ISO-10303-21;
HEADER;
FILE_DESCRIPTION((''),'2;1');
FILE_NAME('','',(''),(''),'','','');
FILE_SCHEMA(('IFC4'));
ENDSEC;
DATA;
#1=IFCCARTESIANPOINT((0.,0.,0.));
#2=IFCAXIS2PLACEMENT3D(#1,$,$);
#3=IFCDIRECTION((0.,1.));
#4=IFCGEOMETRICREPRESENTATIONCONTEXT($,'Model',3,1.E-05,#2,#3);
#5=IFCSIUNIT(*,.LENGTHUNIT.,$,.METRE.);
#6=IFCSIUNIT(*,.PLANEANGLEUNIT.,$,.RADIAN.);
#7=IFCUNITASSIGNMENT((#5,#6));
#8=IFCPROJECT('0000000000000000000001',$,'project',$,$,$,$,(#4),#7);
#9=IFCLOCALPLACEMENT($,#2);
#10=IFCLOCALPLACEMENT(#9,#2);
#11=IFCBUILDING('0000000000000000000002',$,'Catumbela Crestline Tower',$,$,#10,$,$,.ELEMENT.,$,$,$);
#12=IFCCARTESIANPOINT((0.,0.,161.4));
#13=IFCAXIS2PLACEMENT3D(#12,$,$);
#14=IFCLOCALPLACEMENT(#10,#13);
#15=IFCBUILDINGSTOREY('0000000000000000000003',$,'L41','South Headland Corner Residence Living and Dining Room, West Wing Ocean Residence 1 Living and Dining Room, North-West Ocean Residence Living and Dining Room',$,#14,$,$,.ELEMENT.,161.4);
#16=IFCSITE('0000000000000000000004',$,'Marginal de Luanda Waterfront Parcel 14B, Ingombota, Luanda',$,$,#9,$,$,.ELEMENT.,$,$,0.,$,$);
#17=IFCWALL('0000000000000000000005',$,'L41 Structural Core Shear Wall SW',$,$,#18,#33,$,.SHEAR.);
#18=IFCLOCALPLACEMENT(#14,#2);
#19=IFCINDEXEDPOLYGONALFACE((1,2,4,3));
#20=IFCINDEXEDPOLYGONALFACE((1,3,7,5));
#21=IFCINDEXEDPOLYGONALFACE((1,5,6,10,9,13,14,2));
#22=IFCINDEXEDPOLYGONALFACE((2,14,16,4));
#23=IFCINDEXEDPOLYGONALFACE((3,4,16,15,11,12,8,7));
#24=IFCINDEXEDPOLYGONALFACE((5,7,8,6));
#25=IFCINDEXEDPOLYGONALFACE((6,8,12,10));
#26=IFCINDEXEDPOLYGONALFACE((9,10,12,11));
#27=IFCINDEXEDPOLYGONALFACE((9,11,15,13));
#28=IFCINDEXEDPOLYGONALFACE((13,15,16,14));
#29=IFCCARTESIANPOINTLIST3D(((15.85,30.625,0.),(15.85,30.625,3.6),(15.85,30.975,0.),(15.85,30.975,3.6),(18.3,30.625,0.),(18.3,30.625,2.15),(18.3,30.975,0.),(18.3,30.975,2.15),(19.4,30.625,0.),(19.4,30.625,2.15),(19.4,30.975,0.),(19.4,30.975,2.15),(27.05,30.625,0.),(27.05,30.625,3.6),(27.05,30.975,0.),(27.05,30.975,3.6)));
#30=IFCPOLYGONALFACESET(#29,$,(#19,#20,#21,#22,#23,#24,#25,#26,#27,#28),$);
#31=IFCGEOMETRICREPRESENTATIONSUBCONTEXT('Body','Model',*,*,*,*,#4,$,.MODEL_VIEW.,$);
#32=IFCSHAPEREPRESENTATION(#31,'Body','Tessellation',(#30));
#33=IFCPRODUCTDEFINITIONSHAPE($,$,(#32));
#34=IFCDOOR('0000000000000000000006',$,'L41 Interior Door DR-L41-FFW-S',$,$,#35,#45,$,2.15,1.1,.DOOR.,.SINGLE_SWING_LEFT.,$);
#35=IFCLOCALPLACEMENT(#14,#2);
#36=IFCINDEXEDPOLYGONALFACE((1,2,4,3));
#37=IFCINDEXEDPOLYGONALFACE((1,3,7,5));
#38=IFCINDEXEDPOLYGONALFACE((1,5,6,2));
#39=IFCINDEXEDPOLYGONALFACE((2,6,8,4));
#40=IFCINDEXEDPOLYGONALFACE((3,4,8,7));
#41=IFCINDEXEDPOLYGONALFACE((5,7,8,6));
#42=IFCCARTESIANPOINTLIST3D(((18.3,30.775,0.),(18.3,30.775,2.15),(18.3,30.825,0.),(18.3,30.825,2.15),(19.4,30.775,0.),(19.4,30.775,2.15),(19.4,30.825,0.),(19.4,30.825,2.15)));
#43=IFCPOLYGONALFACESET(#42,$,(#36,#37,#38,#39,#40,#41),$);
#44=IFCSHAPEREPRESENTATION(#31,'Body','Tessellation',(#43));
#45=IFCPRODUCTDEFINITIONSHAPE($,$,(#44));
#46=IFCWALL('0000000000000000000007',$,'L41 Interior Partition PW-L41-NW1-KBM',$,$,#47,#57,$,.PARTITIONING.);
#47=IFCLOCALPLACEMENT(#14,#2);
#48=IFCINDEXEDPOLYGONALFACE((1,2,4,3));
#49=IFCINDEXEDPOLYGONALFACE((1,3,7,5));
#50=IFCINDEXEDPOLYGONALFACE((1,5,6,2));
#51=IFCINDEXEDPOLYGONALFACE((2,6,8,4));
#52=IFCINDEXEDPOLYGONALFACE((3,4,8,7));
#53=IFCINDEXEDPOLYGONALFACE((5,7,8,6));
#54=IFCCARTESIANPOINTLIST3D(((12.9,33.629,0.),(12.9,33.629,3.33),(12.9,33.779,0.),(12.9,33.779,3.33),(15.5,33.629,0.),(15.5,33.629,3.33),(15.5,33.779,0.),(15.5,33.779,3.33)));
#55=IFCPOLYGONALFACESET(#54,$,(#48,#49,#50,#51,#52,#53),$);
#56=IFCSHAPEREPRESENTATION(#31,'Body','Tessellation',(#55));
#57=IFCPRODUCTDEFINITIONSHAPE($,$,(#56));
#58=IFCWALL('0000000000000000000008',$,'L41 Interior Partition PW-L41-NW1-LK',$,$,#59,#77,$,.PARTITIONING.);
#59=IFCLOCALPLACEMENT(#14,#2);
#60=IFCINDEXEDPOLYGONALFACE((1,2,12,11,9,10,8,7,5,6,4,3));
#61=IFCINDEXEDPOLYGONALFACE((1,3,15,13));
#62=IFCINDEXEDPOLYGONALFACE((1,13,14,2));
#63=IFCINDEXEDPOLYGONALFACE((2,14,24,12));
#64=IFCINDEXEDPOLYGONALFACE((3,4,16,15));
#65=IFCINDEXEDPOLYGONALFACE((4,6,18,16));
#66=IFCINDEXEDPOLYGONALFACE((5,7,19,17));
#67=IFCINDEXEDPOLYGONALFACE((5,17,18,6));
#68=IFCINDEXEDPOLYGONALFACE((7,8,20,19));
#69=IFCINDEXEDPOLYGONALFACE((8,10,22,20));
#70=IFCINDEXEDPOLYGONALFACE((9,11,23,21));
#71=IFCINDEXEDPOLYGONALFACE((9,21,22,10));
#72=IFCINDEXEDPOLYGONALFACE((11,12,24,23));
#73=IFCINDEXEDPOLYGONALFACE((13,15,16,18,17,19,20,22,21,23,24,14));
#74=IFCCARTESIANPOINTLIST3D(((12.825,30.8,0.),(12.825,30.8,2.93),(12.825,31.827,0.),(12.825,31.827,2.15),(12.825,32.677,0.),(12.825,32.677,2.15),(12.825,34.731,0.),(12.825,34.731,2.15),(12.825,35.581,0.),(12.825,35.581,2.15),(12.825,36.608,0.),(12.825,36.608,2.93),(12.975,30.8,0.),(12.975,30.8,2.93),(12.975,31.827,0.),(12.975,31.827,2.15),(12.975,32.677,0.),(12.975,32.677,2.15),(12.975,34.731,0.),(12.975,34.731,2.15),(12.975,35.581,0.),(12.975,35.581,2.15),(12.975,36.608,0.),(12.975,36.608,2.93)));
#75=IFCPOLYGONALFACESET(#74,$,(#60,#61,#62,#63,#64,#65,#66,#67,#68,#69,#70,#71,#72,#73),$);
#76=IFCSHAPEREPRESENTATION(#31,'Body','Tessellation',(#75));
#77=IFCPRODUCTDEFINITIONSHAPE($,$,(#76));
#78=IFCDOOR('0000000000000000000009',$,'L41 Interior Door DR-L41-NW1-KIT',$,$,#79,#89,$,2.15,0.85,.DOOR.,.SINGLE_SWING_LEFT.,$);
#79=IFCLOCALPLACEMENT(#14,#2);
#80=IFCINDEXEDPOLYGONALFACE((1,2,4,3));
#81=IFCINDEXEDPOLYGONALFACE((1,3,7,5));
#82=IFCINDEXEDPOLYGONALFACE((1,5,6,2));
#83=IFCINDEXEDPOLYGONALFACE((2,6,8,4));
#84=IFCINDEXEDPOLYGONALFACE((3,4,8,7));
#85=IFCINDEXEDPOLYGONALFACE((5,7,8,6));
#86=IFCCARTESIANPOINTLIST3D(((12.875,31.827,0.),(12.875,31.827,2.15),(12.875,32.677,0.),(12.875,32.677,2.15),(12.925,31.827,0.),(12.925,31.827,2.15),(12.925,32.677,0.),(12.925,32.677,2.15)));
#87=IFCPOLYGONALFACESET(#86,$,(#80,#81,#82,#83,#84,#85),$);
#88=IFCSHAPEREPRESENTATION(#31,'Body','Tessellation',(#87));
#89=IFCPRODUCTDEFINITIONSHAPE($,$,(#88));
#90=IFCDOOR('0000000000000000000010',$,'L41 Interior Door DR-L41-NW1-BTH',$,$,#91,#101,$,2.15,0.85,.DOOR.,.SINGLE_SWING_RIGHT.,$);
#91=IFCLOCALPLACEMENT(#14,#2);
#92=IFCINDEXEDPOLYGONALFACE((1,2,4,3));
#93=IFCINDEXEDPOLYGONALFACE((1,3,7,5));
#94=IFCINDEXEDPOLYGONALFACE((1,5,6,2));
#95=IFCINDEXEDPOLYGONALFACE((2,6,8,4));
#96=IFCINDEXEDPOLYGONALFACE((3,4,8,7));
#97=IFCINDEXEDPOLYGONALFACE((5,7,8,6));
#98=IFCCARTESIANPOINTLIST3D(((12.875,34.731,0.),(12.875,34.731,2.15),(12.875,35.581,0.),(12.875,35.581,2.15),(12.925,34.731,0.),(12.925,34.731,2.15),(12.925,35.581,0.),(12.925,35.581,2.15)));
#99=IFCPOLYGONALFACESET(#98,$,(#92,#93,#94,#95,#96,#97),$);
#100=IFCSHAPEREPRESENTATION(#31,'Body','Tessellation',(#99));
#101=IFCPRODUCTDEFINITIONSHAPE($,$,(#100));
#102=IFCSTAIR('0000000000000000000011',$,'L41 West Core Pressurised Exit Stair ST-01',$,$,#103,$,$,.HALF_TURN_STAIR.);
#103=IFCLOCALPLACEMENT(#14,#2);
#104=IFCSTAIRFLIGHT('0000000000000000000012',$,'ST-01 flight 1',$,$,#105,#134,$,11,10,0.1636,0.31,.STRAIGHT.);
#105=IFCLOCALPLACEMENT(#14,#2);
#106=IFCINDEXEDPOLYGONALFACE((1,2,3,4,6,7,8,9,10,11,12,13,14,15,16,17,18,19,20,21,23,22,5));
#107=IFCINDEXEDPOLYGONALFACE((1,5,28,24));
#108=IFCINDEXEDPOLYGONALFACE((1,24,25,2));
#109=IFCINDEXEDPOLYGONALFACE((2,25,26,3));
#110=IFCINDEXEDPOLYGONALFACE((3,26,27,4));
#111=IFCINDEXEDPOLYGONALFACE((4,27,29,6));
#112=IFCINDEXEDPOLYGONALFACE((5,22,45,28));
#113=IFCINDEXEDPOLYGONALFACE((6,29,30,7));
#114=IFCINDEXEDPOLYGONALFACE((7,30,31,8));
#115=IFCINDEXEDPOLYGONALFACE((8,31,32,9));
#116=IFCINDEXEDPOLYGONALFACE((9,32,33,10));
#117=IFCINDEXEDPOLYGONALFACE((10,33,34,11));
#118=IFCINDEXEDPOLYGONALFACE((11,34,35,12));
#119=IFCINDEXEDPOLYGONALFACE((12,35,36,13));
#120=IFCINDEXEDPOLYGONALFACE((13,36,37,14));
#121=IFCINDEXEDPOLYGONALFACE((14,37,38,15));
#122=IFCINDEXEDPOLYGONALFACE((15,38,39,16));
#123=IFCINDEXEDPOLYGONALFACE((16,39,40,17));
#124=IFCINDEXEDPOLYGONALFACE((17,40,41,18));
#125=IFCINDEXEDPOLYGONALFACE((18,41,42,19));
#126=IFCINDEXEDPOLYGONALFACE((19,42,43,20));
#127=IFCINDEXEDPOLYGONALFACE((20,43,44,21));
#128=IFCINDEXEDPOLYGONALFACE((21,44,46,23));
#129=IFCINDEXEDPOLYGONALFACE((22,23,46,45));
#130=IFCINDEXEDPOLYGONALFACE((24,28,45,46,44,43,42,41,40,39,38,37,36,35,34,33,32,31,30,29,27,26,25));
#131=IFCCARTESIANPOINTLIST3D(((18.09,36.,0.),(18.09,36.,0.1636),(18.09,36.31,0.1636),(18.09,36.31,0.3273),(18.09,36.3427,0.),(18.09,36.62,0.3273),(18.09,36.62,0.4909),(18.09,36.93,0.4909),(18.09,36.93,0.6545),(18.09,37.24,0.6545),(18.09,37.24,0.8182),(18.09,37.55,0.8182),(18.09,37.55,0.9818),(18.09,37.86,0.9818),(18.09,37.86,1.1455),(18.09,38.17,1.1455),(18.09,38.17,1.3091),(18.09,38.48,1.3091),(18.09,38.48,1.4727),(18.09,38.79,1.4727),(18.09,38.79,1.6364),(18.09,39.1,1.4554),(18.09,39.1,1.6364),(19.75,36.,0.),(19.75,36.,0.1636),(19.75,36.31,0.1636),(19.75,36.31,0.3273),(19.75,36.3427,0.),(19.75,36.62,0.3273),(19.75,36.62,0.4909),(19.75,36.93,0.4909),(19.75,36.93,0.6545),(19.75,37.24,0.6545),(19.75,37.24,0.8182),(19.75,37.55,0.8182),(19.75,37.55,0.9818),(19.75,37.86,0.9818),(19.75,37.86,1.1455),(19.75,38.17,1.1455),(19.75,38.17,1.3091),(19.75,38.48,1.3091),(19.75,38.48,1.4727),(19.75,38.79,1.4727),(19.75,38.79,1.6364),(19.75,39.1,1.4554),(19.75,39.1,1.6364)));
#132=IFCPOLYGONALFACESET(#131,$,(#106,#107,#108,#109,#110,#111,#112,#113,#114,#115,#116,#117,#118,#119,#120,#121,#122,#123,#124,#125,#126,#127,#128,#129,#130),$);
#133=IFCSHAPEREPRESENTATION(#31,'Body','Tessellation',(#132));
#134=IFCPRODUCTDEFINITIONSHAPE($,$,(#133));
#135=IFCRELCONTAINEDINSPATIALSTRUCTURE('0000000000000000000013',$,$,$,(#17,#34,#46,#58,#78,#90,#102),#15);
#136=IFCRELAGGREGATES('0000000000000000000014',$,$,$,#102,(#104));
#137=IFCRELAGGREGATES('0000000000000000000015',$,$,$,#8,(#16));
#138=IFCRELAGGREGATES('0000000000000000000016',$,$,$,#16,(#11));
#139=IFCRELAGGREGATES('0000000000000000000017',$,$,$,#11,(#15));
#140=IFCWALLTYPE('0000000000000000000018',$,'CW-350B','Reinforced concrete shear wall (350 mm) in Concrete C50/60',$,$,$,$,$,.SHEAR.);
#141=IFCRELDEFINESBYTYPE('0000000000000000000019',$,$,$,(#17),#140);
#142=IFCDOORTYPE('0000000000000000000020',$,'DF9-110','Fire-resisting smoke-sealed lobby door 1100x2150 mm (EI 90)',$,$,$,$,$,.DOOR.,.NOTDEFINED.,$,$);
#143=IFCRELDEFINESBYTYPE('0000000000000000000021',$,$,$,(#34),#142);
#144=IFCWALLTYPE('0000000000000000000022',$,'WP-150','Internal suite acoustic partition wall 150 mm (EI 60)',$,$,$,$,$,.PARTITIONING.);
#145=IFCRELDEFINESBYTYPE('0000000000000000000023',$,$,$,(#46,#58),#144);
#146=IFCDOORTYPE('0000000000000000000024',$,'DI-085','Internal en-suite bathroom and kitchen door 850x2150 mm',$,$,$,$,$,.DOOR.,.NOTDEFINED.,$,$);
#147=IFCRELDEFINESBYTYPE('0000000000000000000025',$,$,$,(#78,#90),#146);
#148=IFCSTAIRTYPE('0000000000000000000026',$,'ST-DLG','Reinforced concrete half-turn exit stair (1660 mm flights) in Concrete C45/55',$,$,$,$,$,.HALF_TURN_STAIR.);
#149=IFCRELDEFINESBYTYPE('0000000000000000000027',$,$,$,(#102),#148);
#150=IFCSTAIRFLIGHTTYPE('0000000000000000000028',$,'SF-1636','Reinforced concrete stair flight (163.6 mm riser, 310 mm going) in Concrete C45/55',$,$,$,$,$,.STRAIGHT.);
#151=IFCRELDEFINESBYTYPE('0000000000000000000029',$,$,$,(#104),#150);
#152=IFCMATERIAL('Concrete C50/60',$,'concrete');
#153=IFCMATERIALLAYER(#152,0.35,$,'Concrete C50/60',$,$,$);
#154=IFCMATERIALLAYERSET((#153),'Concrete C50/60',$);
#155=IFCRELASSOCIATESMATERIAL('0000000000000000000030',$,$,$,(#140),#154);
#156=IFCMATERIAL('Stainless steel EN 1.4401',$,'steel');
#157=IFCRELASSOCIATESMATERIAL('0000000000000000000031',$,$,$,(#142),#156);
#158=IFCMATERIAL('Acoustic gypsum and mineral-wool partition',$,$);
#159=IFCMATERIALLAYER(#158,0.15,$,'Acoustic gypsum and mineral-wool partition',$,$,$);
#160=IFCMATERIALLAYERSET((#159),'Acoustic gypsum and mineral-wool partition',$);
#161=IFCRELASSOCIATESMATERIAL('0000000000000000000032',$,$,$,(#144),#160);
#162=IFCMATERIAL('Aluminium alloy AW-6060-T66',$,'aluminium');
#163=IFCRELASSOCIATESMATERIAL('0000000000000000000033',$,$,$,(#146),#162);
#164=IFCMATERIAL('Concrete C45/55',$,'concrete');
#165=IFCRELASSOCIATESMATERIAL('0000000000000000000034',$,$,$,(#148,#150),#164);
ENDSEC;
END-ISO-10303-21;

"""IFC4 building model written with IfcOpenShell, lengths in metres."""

from ifc_helpers import new_model, si_unit, direction, frame, frame_2d, origin, place, context, subcontext, project, spatial, polyline, rectangle, outline, extrude, material, layer, layer_set, type_object, element, fill, aggregate, save


model = new_model("IFC4")

# Units and contexts
model_context = context("Model", 3, precision=1e-05, world=origin(), true_north=direction((0.0, 1.0)))
body_context = subcontext(model_context, "Body", "Model", "MODEL_VIEW")
ifc_project = project(units=[si_unit("LENGTHUNIT", "METRE"), si_unit("PLANEANGLEUNIT", "RADIAN")], contexts=[model_context])

# Site, building, storey
site_placement = place(None, origin())
site = spatial("IfcSite", under=ifc_project, at=site_placement, Name="Marginal de Luanda Waterfront Parcel 14B, Ingombota, Luanda", CompositionType="ELEMENT", RefElevation=0.0)
building_placement = place(site_placement, origin())
building = spatial("IfcBuilding", under=site, at=building_placement, Name="Catumbela Crestline Tower", CompositionType="ELEMENT")
storey_placement = place(building_placement, frame((0.0, 0.0, 161.4)))
storey = spatial("IfcBuildingStorey", under=building, at=storey_placement, Name="L41", Description="South Headland Corner Residence Living and Dining Room, West Wing Ocean Residence 1 Living and Dining Room, North-West Ocean Residence Living and Dining Room", CompositionType="ELEMENT", Elevation=161.4)

# Shared definitions
ifc_material_1 = material(Name="Concrete C50/60", Category="concrete")

# Shared definitions
ifc_material_2 = material(Name="Stainless steel EN 1.4401", Category="steel")

# Wall, opening, door
ifc_layer_1 = layer(ifc_material_1, 0.35, Name="Concrete C50/60")
ifc_layer_set_1 = layer_set([ifc_layer_1], Name="Concrete C50/60")
wall_type_1 = type_object("IfcWallType", Name="CW-350B", Description="Reinforced concrete shear wall (350 mm) in Concrete C50/60", PredefinedType="SHEAR", material=ifc_layer_set_1)
wall_1_placement = place(storey_placement, frame((15.85, 30.8, 0.0), z_axis=(0.0, 0.0, 1.0), x_axis=(1.0, 0.0, 0.0)))
wall_1 = element("IfcWall", 1, at=wall_1_placement, inside=storey, type_object=wall_type_1, Name="L41 Structural Core Shear Wall SW", PredefinedType="SHEAR", context=body_context, shape_type="SweptSolid", body=[
    extrude(rectangle(XDim=11.2, YDim=0.35, at=frame_2d((5.6, 0.0))), origin(), (0.0, 0.0, 1.0), 3.6),
])
opening_1_placement = place(wall_1_placement, frame((2.45, 0.0, 0.0)))
opening_1 = element("IfcOpeningElement", 2, at=opening_1_placement, cuts=wall_1, PredefinedType="OPENING", context=body_context, shape_type="SweptSolid", body=[
    extrude(rectangle(XDim=1.1, YDim=2.15, at=frame_2d((0.55, 1.075))), frame((0.0, 0.185, 0.0), z_axis=(0.0, -1.0, 0.0), x_axis=(1.0, 0.0, 0.0)), (0.0, 0.0, 1.0), 0.37),
])
door_type_1 = type_object("IfcDoorType", Name="DF9-110", Description="Fire-resisting smoke-sealed lobby door 1100x2150 mm (EI 90)", OperationType="NOTDEFINED", PredefinedType="DOOR", material=ifc_material_2)
door_1_placement = place(opening_1_placement, origin())
door_1 = element("IfcDoor", 3, at=door_1_placement, inside=storey, type_object=door_type_1, Name="L41 Interior Door DR-L41-FFW-S", OperationType="SINGLE_SWING_LEFT", OverallHeight=2.15, OverallWidth=1.1, PredefinedType="DOOR", context=body_context, shape_type="SweptSolid", body=[
    extrude(rectangle(XDim=1.1, YDim=2.15, at=frame_2d((0.55, 1.075))), frame((0.0, 0.025, 0.0), z_axis=(0.0, -1.0, 0.0), x_axis=(1.0, 0.0, 0.0)), (0.0, 0.0, 1.0), 0.05),
])
fill(opening_1, door_1)

# Wall
ifc_material_3 = material(Name="Acoustic gypsum and mineral-wool partition")
ifc_layer_2 = layer(ifc_material_3, 0.15, Name="Acoustic gypsum and mineral-wool partition")
ifc_layer_set_2 = layer_set([ifc_layer_2], Name="Acoustic gypsum and mineral-wool partition")
wall_type_2 = type_object("IfcWallType", Name="WP-150", Description="Internal suite acoustic partition wall 150 mm (EI 60)", PredefinedType="PARTITIONING", material=ifc_layer_set_2)
wall_2_placement = place(storey_placement, frame((12.9, 33.704, 0.0), z_axis=(0.0, 0.0, 1.0), x_axis=(1.0, 0.0, 0.0)))
element("IfcWall", 4, at=wall_2_placement, inside=storey, type_object=wall_type_2, Name="L41 Interior Partition PW-L41-NW1-KBM", PredefinedType="PARTITIONING", context=body_context, shape_type="SweptSolid", body=[
    extrude(rectangle(XDim=2.6, YDim=0.15, at=frame_2d((1.3, 0.0))), origin(), (0.0, 0.0, 1.0), 3.33),
])

# Wall, openings, doors
wall_3_placement = place(storey_placement, frame((12.9, 30.8, 0.0), z_axis=(0.0, 0.0, 1.0), x_axis=(0.0, 1.0, 0.0)))
wall_3 = element("IfcWall", 5, at=wall_3_placement, inside=storey, type_object=wall_type_2, Name="L41 Interior Partition PW-L41-NW1-LK", PredefinedType="PARTITIONING", context=body_context, shape_type="SweptSolid", body=[
    extrude(rectangle(XDim=5.808, YDim=0.15, at=frame_2d((2.904, 0.0))), origin(), (0.0, 0.0, 1.0), 2.93),
])
opening_2_placement = place(wall_3_placement, frame((1.027, 0.0, 0.0)))
opening_2 = element("IfcOpeningElement", 6, at=opening_2_placement, cuts=wall_3, PredefinedType="OPENING", context=body_context, shape_type="SweptSolid", body=[
    extrude(rectangle(XDim=0.85, YDim=2.15, at=frame_2d((0.425, 1.075))), frame((0.0, 0.085, 0.0), z_axis=(0.0, -1.0, 0.0), x_axis=(1.0, 0.0, 0.0)), (0.0, 0.0, 1.0), 0.17),
])
opening_3_placement = place(wall_3_placement, frame((3.931, 0.0, 0.0)))
opening_3 = element("IfcOpeningElement", 7, at=opening_3_placement, cuts=wall_3, PredefinedType="OPENING", context=body_context, shape_type="SweptSolid", body=[
    extrude(rectangle(XDim=0.85, YDim=2.15, at=frame_2d((0.425, 1.075))), frame((0.0, 0.085, 0.0), z_axis=(0.0, -1.0, 0.0), x_axis=(1.0, 0.0, 0.0)), (0.0, 0.0, 1.0), 0.17),
])
ifc_material_4 = material(Name="Aluminium alloy AW-6060-T66", Category="aluminium")
door_type_2 = type_object("IfcDoorType", Name="DI-085", Description="Internal en-suite bathroom and kitchen door 850x2150 mm", OperationType="NOTDEFINED", PredefinedType="DOOR", material=ifc_material_4)
door_2_placement = place(opening_2_placement, origin())
door_2 = element("IfcDoor", 8, at=door_2_placement, inside=storey, type_object=door_type_2, Name="L41 Interior Door DR-L41-NW1-KIT", OperationType="SINGLE_SWING_LEFT", OverallHeight=2.15, OverallWidth=0.85, PredefinedType="DOOR", context=body_context, shape_type="SweptSolid", body=[
    extrude(rectangle(XDim=0.85, YDim=2.15, at=frame_2d((0.425, 1.075))), frame((0.0, 0.025, 0.0), z_axis=(0.0, -1.0, 0.0), x_axis=(1.0, 0.0, 0.0)), (0.0, 0.0, 1.0), 0.05),
])
fill(opening_2, door_2)
door_3_placement = place(opening_3_placement, origin())
door_3 = element("IfcDoor", 9, at=door_3_placement, inside=storey, type_object=door_type_2, Name="L41 Interior Door DR-L41-NW1-BTH", OperationType="SINGLE_SWING_RIGHT", OverallHeight=2.15, OverallWidth=0.85, PredefinedType="DOOR", context=body_context, shape_type="SweptSolid", body=[
    extrude(rectangle(XDim=0.85, YDim=2.15, at=frame_2d((0.425, 1.075))), frame((0.0, 0.025, 0.0), z_axis=(0.0, -1.0, 0.0), x_axis=(1.0, 0.0, 0.0)), (0.0, 0.0, 1.0), 0.05),
])
fill(opening_3, door_3)

# Stair, stair flight
ifc_material_5 = material(Name="Concrete C45/55", Category="concrete")
stair_type = type_object("IfcStairType", Name="ST-DLG", Description="Reinforced concrete half-turn exit stair (1660 mm flights) in Concrete C45/55", PredefinedType="HALF_TURN_STAIR", material=ifc_material_5)
stair_placement = place(storey_placement, origin())
stair = element("IfcStair", 10, at=stair_placement, inside=storey, type_object=stair_type, Name="L41 West Core Pressurised Exit Stair ST-01", PredefinedType="HALF_TURN_STAIR")
stair_flight_type = type_object("IfcStairFlightType", Name="SF-1636", Description="Reinforced concrete stair flight (163.6 mm riser, 310 mm going) in Concrete C45/55", PredefinedType="STRAIGHT", material=ifc_material_5)
stair_flight_placement = place(storey_placement, frame((18.92, 36.0, 0.0), z_axis=(0.0, 0.0, 1.0), x_axis=(0.0, 1.0, 0.0)))
stair_flight = element("IfcStairFlight", 11, at=stair_flight_placement, type_object=stair_flight_type, Name="ST-01 flight 1", NumberOfRisers=11, NumberOfTreads=10, PredefinedType="STRAIGHT", RiserHeight=0.1636, TreadLength=0.31, context=body_context, shape_type="SweptSolid", body=[
    extrude(outline(polyline([(0.0, 0.0), (0.0, 0.1636), (0.31, 0.1636), (0.31, 0.3273), (0.62, 0.3273), (0.62, 0.4909), (0.93, 0.4909), (0.93, 0.6545), (1.24, 0.6545), (1.24, 0.8182), (1.55, 0.8182), (1.55, 0.9818), (1.86, 0.9818), (1.86, 1.1455), (2.17, 1.1455), (2.17, 1.3091), (2.48, 1.3091), (2.48, 1.4727), (2.79, 1.4727), (2.79, 1.6364), (3.1, 1.6364), (3.1, 1.8), (3.1, 1.4554), (0.3427, 0.0), (0.0, 0.0)])), frame((0.0, 0.83, 0.0), z_axis=(0.0, -1.0, 0.0), x_axis=(1.0, 0.0, 0.0)), (0.0, 0.0, 1.0), 1.66),
])
aggregate(stair, [stair_flight])

save(model, "model.ifc")
